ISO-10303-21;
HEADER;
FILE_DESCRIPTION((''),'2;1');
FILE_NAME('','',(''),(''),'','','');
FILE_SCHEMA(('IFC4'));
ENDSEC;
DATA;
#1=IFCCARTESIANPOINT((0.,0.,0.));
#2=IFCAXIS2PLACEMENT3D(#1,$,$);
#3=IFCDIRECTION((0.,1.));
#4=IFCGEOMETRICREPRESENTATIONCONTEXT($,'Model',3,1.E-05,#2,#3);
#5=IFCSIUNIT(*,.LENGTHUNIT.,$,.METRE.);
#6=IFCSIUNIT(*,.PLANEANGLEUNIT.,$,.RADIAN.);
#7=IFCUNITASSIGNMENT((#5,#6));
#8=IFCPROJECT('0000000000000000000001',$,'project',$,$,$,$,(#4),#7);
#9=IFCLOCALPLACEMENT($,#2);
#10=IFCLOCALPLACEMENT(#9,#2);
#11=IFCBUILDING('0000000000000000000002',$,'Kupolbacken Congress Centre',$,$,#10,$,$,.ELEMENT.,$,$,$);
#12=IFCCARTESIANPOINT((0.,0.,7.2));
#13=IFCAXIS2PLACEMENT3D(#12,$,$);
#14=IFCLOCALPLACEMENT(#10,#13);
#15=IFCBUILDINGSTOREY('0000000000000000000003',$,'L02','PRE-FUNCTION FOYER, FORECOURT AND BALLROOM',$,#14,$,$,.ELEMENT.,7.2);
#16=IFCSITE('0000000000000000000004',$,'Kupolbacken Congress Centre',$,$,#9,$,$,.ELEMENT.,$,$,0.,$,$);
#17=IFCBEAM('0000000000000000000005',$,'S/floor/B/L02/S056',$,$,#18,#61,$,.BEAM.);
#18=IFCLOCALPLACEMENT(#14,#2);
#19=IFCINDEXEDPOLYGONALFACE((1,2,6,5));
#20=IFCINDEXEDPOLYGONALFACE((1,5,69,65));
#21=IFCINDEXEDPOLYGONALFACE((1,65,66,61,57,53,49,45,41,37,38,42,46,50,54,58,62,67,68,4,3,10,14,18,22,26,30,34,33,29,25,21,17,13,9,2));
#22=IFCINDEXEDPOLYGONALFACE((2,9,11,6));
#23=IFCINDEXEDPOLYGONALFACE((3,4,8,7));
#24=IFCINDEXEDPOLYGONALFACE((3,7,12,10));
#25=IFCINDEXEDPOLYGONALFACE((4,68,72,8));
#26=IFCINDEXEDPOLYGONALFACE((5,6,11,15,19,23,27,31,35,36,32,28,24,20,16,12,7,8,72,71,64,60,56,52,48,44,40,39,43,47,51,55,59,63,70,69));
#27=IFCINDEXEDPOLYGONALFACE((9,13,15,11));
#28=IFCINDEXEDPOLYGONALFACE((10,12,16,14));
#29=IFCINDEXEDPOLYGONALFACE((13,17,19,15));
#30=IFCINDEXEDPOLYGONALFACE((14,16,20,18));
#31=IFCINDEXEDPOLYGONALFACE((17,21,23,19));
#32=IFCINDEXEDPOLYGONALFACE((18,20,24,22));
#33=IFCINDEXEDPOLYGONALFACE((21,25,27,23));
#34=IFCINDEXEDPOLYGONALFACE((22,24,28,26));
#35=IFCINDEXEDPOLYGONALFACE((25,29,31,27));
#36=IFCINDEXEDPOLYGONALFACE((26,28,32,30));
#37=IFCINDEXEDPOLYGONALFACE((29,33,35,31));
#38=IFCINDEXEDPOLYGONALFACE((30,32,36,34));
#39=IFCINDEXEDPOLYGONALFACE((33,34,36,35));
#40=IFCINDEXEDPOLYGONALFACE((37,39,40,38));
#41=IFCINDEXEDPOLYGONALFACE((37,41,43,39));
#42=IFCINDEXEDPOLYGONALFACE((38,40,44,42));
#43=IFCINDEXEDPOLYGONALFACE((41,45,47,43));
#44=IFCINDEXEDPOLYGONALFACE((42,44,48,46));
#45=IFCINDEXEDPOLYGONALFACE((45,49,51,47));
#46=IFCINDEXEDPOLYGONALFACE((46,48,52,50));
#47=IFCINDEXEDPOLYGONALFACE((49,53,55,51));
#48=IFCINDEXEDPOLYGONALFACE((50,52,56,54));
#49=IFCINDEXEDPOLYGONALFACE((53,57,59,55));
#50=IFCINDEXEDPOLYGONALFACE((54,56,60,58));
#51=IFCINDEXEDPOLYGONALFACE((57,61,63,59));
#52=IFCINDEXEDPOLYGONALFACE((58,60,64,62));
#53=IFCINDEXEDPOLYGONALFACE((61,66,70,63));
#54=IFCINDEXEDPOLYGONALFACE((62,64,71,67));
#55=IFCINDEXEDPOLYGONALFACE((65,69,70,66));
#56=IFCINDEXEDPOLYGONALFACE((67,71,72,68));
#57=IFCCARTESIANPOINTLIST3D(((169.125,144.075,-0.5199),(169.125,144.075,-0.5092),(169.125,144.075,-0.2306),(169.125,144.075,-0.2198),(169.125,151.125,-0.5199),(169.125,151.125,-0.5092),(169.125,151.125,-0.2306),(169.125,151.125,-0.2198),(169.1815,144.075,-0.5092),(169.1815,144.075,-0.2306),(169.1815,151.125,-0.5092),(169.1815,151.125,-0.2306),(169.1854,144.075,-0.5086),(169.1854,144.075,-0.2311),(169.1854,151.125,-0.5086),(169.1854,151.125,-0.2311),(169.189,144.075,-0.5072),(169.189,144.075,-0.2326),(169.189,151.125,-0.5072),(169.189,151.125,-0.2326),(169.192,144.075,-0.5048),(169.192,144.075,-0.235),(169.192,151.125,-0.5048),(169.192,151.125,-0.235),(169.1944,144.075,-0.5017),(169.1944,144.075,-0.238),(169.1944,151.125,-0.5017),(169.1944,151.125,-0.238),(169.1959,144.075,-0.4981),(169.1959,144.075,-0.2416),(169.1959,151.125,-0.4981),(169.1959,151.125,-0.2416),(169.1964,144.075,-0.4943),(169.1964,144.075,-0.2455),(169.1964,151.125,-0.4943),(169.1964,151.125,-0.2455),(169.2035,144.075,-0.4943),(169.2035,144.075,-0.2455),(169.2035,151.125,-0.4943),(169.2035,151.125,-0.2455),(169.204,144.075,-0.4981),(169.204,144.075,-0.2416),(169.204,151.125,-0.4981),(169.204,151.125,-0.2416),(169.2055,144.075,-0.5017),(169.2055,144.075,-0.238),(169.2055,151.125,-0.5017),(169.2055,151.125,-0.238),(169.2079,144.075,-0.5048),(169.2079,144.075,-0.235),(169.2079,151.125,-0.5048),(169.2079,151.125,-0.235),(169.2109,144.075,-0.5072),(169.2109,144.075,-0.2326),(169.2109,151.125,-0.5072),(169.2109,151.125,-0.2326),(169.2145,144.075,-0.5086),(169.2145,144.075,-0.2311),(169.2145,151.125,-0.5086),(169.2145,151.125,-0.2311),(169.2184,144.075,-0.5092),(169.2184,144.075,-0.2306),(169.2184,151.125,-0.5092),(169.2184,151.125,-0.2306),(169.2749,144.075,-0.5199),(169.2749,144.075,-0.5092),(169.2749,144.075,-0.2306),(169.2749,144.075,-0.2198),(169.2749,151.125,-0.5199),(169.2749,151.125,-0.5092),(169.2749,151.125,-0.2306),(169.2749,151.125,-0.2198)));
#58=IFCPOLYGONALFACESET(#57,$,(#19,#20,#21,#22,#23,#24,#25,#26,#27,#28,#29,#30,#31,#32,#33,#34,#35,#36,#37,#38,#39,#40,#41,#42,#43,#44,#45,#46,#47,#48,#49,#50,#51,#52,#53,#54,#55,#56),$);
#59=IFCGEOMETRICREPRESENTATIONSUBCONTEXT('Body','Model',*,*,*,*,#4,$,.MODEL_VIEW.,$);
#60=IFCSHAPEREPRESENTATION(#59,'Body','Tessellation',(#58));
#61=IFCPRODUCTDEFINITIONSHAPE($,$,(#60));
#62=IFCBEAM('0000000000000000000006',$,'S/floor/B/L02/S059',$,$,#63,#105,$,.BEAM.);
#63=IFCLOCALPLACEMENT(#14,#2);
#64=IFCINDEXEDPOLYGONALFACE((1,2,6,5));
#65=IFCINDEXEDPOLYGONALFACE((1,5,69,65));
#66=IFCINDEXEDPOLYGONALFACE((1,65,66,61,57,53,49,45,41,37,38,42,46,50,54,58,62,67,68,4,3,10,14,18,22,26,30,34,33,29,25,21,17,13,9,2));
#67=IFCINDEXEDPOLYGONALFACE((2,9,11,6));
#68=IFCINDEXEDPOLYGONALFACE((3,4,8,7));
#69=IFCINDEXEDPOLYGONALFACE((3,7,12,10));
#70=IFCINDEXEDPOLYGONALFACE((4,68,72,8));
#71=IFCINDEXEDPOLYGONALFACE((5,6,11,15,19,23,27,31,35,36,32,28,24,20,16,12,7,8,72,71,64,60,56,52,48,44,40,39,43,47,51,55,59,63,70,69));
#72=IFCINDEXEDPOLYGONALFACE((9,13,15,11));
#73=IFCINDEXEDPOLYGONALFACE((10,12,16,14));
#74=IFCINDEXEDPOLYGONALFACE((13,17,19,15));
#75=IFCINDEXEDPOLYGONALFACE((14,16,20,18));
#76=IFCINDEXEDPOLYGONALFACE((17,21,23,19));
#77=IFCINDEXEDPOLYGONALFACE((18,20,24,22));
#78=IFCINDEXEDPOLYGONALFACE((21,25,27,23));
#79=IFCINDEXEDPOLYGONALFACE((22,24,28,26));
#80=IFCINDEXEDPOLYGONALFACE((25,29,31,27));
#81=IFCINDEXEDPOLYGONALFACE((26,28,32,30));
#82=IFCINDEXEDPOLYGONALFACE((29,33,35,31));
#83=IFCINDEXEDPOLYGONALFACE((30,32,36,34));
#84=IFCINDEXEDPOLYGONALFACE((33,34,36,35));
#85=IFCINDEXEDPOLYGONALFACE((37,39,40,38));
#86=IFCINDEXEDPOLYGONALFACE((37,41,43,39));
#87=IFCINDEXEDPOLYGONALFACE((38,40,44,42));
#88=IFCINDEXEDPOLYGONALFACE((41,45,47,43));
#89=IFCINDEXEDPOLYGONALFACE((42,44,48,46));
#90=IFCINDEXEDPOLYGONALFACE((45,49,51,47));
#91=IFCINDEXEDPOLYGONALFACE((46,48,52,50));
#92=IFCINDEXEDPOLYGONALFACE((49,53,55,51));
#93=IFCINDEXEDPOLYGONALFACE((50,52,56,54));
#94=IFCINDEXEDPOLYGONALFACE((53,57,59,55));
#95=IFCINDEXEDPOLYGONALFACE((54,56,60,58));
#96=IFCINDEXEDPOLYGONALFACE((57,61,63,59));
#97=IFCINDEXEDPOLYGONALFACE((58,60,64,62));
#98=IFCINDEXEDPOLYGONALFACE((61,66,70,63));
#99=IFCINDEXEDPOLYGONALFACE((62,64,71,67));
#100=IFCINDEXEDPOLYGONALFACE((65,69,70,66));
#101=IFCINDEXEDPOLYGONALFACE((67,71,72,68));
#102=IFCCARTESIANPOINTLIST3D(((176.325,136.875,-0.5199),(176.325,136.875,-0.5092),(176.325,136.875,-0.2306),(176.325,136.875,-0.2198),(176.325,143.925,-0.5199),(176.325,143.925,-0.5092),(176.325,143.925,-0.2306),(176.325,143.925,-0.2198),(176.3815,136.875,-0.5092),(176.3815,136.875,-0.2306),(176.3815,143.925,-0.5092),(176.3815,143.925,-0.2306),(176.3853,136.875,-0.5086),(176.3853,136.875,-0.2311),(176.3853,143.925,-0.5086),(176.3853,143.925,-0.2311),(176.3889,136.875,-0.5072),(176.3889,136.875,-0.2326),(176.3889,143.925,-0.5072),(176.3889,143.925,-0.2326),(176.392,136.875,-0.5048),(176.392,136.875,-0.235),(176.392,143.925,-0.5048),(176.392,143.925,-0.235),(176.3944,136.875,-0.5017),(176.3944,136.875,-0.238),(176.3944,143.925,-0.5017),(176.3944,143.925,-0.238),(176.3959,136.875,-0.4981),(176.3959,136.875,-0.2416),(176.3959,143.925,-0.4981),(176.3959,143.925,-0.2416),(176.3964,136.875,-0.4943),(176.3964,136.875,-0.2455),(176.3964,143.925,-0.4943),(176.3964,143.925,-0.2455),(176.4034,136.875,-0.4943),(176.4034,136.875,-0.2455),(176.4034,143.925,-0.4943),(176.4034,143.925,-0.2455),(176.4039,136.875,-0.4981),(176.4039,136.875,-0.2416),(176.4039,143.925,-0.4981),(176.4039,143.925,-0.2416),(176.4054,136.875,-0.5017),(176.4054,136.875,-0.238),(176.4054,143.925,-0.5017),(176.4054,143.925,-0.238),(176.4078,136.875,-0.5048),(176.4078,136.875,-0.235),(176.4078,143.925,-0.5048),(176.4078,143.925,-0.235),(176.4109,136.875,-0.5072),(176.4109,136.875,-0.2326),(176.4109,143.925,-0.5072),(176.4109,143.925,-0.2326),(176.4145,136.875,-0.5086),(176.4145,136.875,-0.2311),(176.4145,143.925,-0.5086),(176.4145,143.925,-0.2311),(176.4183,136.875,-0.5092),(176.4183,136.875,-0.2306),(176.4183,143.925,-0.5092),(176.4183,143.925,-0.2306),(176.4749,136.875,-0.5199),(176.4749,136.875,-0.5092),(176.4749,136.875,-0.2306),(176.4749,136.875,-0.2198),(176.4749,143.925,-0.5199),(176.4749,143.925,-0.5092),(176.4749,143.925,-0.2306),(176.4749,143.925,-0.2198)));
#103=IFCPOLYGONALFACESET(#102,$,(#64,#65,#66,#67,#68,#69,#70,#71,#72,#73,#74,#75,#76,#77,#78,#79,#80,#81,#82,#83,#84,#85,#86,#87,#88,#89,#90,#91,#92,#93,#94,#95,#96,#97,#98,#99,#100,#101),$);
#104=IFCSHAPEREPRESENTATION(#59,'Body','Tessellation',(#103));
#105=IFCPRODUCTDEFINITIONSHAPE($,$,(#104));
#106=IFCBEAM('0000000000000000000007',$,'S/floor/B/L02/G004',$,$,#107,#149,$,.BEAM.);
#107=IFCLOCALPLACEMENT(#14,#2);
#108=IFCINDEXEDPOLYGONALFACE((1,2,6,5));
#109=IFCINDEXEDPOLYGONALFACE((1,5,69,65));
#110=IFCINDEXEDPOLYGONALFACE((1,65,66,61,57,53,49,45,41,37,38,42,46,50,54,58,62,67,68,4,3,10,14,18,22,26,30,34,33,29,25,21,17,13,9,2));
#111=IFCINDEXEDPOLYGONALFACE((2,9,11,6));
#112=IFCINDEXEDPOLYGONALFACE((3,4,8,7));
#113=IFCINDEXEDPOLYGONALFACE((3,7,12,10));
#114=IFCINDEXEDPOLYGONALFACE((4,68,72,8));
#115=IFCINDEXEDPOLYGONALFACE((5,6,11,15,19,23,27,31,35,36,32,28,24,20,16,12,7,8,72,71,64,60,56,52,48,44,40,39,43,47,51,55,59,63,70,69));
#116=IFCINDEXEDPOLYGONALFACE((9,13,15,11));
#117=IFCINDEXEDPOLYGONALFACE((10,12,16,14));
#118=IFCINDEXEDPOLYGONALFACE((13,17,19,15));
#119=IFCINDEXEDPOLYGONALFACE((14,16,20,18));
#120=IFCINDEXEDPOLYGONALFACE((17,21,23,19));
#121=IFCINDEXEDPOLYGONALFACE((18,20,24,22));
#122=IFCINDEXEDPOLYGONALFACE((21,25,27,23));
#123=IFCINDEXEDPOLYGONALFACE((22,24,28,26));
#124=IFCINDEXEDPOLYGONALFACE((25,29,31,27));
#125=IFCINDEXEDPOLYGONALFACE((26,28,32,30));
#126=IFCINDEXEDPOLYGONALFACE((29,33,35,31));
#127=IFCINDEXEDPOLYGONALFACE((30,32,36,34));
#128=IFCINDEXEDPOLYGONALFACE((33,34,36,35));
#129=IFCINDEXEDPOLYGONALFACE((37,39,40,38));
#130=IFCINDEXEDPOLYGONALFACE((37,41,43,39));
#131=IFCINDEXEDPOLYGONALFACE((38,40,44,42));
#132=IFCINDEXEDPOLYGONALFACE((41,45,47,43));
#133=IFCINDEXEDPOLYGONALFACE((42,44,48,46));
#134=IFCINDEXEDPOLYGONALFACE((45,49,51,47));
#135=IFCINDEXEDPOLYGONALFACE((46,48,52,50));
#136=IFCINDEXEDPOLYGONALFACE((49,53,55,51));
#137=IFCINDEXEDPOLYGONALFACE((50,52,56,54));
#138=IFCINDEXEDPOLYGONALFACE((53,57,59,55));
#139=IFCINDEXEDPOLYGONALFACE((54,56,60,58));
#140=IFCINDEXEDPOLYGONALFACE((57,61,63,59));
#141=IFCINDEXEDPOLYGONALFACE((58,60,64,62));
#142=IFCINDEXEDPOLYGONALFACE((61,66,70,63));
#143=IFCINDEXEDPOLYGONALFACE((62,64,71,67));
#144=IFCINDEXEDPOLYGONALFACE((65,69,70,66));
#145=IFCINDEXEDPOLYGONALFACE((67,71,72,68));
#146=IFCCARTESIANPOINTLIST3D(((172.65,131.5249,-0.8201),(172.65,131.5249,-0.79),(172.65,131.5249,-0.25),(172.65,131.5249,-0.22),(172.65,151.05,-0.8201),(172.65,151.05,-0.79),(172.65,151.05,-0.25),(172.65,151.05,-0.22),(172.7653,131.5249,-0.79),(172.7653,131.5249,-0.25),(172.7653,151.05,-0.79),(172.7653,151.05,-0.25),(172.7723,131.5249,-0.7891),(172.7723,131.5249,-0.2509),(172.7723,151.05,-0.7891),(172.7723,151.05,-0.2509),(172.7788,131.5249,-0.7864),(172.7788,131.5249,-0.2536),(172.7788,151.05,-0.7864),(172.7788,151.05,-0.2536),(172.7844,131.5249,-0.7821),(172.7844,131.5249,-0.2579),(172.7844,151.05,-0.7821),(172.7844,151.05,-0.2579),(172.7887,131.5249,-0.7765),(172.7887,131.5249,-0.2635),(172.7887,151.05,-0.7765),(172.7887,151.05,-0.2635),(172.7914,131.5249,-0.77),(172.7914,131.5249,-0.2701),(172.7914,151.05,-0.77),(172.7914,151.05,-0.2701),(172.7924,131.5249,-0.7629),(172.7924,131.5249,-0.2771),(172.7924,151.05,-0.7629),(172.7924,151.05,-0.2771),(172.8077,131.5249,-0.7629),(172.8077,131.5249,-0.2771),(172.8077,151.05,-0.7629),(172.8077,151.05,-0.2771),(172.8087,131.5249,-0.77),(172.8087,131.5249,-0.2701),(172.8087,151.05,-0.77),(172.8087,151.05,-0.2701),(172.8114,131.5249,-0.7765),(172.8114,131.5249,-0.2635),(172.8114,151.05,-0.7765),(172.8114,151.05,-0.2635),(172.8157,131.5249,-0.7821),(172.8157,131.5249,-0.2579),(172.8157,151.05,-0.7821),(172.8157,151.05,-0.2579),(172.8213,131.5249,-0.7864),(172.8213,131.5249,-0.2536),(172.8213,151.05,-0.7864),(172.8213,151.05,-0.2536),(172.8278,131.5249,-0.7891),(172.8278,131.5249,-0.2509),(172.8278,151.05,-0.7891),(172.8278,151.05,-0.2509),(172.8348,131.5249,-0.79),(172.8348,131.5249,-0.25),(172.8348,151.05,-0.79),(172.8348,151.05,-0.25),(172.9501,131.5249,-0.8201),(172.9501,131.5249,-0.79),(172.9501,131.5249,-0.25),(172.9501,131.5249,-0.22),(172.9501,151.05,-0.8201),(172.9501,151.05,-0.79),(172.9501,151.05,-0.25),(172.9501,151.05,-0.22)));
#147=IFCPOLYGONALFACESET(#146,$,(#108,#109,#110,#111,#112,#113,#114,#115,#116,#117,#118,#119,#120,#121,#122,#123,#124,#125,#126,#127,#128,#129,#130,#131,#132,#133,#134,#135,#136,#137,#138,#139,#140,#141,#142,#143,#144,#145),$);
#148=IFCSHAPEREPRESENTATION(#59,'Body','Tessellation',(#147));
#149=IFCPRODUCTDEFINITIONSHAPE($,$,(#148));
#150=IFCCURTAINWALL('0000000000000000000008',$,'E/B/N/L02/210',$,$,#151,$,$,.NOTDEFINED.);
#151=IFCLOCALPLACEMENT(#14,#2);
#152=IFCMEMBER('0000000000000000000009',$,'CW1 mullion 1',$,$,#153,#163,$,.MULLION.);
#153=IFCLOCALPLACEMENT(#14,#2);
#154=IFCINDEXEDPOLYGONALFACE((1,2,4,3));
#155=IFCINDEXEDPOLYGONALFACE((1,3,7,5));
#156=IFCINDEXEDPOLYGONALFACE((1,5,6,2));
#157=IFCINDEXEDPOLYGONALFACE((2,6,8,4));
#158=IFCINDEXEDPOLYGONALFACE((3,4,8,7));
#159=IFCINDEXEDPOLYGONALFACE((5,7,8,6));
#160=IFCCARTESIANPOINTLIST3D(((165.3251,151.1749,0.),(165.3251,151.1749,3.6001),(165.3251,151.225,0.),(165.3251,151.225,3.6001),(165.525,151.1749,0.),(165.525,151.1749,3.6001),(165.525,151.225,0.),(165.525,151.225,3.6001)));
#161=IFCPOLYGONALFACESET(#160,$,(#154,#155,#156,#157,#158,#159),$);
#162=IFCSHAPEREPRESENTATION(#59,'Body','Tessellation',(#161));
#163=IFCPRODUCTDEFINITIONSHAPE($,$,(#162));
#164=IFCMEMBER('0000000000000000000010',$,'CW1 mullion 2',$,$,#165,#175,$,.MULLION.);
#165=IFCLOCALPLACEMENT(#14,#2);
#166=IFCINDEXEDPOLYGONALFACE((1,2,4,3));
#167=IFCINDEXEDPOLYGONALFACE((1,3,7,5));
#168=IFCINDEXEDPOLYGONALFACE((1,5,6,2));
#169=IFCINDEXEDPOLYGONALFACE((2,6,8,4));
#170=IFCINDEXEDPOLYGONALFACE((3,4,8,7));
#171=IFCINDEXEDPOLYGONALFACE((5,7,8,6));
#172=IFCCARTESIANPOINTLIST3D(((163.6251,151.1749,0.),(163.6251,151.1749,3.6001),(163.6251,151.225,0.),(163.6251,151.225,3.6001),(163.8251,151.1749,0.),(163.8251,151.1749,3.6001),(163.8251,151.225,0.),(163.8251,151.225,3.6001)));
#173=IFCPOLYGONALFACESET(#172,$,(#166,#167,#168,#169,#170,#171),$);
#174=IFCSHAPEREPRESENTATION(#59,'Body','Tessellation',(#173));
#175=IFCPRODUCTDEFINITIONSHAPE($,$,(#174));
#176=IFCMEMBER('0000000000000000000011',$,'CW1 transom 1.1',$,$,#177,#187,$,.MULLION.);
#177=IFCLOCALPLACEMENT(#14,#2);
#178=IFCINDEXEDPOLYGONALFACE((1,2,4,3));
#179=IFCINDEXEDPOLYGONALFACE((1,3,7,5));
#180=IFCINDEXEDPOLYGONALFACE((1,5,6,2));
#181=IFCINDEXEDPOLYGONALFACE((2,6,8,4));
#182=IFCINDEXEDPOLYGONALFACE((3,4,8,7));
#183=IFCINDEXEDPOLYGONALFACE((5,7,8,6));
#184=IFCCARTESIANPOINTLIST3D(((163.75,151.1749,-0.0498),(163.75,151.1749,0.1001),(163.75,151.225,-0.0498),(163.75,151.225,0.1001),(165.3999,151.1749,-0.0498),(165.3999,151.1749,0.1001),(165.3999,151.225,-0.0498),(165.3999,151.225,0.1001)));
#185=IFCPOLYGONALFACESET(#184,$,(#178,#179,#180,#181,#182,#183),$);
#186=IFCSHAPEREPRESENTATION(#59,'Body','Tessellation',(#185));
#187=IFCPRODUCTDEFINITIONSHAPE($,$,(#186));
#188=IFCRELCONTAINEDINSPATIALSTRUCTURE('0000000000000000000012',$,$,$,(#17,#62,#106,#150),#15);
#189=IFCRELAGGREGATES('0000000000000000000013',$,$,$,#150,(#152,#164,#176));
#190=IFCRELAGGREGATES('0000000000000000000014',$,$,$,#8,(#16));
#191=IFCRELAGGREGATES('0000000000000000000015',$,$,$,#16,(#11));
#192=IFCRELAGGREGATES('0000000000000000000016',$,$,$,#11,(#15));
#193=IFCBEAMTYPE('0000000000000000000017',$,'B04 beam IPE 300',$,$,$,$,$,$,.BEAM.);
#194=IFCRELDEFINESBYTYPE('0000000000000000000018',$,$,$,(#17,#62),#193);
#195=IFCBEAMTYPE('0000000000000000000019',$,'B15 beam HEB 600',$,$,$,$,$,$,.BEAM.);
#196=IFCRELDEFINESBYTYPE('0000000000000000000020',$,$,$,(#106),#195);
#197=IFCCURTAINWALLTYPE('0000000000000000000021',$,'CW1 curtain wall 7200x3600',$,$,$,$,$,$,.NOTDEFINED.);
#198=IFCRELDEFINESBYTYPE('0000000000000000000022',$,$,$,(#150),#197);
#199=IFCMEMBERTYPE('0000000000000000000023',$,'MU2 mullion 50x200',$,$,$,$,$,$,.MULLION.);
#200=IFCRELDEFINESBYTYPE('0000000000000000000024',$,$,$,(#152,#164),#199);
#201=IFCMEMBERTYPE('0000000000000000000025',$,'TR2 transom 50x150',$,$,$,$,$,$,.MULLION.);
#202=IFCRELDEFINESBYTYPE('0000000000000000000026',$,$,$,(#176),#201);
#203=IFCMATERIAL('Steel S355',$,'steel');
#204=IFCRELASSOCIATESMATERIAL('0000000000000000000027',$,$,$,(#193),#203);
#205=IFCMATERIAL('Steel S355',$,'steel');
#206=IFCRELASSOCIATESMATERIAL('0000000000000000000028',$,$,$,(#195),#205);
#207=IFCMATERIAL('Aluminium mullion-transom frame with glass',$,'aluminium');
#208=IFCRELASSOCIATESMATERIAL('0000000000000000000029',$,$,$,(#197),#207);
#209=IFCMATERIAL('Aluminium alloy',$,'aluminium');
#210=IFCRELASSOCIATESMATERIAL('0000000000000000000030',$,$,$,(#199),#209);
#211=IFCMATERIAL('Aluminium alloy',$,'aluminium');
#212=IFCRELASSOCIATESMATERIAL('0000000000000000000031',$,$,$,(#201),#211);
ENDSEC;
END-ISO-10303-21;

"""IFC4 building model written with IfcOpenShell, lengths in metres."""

from ifc_helpers import new_model, si_unit, direction, frame, origin, origin_2d, place, context, subcontext, project, spatial, rectangle, i_section, extrude, material, material_profile, profile_set, type_object, element, aggregate, save


model = new_model("IFC4")

# Units and contexts
model_context = context("Model", 3, precision=1e-05, world=origin(), true_north=direction((0.0, 1.0)))
body_context = subcontext(model_context, "Body", "Model", "MODEL_VIEW")
ifc_project = project(units=[si_unit("LENGTHUNIT", "METRE"), si_unit("PLANEANGLEUNIT", "RADIAN")], contexts=[model_context])

# Site, building, storey
site_placement = place(None, origin())
site = spatial("IfcSite", under=ifc_project, at=site_placement, Name="Kupolbacken Congress Centre", CompositionType="ELEMENT", RefElevation=0.0)
building_placement = place(site_placement, origin())
building = spatial("IfcBuilding", under=site, at=building_placement, Name="Kupolbacken Congress Centre", CompositionType="ELEMENT")
storey_placement = place(building_placement, frame((0.0, 0.0, 7.2)))
storey = spatial("IfcBuildingStorey", under=building, at=storey_placement, Name="L02", Description="PRE-FUNCTION FOYER, FORECOURT AND BALLROOM", CompositionType="ELEMENT", Elevation=7.2)

# Beams
ifc_material_1 = material(Name="Steel S355", Category="steel")
ifc_material_profile_1 = material_profile(ifc_material_1, i_section(OverallWidth=0.1499, OverallDepth=0.3, WebThickness=0.0071, FlangeThickness=0.0107, FilletRadius=0.0149, at=origin_2d()), Name="IPE 300")
ifc_profile_set_1 = profile_set([ifc_material_profile_1], Name="Steel S355")
beam_type_1 = type_object("IfcBeamType", Name="B04 beam IPE 300", PredefinedType="BEAM", material=ifc_profile_set_1)
for number, where, z_axis, x_axis, name in (
    (1, (169.2, 144.075, -0.3699), (0.0, 1.0, 0.0), (-1.0, 0.0, 0.0), "S/floor/B/L02/S056"),
    (2, (176.3999, 136.875, -0.3699), (0.0, 1.0, 0.0), (-1.0, 0.0, 0.0), "S/floor/B/L02/S059"),
):
    element("IfcBeam", number, at=place(storey_placement, frame(where, z_axis=z_axis, x_axis=x_axis)), inside=storey, type_object=beam_type_1, Name=name, PredefinedType="BEAM", context=body_context, shape_type="SweptSolid", body=[
        extrude(i_section(OverallWidth=0.1499, OverallDepth=0.3, WebThickness=0.0071, FlangeThickness=0.0107, FilletRadius=0.0149, at=origin_2d()), origin(), (0.0, 0.0, 1.0), 7.05),
    ])
ifc_material_2 = material(Name="Steel S355", Category="steel")
ifc_material_profile_2 = material_profile(ifc_material_2, i_section(OverallWidth=0.3, OverallDepth=0.6001, WebThickness=0.0154, FlangeThickness=0.03, FilletRadius=0.0271, at=origin_2d()), Name="HEB 600")
ifc_profile_set_2 = profile_set([ifc_material_profile_2], Name="Steel S355")
beam_type_2 = type_object("IfcBeamType", Name="B15 beam HEB 600", PredefinedType="BEAM", material=ifc_profile_set_2)
beam_1_placement = place(storey_placement, frame((172.8, 131.5249, -0.52), z_axis=(0.0, 1.0, 0.0), x_axis=(-1.0, 0.0, 0.0)))
element("IfcBeam", 3, at=beam_1_placement, inside=storey, type_object=beam_type_2, Name="S/floor/B/L02/G004", PredefinedType="BEAM", context=body_context, shape_type="SweptSolid", body=[
    extrude(i_section(OverallWidth=0.3, OverallDepth=0.6001, WebThickness=0.0154, FlangeThickness=0.03, FilletRadius=0.0271, at=origin_2d()), origin(), (0.0, 0.0, 1.0), 19.5251),
])

# Curtain wall, members
ifc_material_3 = material(Name="Aluminium mullion-transom frame with glass", Category="aluminium")
curtain_wall_type = type_object("IfcCurtainWallType", Name="CW1 curtain wall 7200x3600", PredefinedType="NOTDEFINED", material=ifc_material_3)
curtain_wall_placement = place(storey_placement, origin())
curtain_wall = element("IfcCurtainWall", 4, at=curtain_wall_placement, inside=storey, type_object=curtain_wall_type, Name="E/B/N/L02/210", PredefinedType="NOTDEFINED")
ifc_material_4 = material(Name="Aluminium alloy", Category="aluminium")
ifc_material_profile_3 = material_profile(ifc_material_4, rectangle(XDim=0.05, YDim=0.2, at=origin_2d()), Name="50 x 200")
ifc_profile_set_3 = profile_set([ifc_material_profile_3], Name="Aluminium alloy")
member_type_1 = type_object("IfcMemberType", Name="MU2 mullion 50x200", PredefinedType="MULLION", material=ifc_profile_set_3)
member_1_placement = place(storey_placement, frame((165.425, 151.2, 0.0), z_axis=(0.0, 0.0, 1.0), x_axis=(0.0, -1.0, 0.0)))
member_1 = element("IfcMember", 5, at=member_1_placement, type_object=member_type_1, Name="CW1 mullion 1", PredefinedType="MULLION", context=body_context, shape_type="SweptSolid", body=[
    extrude(rectangle(XDim=0.05, YDim=0.2, at=origin_2d()), origin(), (0.0, 0.0, 1.0), 3.6001),
])
member_2_placement = place(storey_placement, frame((163.7251, 151.2, 0.0), z_axis=(0.0, 0.0, 1.0), x_axis=(0.0, -1.0, 0.0)))
member_2 = element("IfcMember", 6, at=member_2_placement, type_object=member_type_1, Name="CW1 mullion 2", PredefinedType="MULLION", context=body_context, shape_type="SweptSolid", body=[
    extrude(rectangle(XDim=0.05, YDim=0.2, at=origin_2d()), origin(), (0.0, 0.0, 1.0), 3.6001),
])
ifc_material_5 = material(Name="Aluminium alloy", Category="aluminium")
ifc_material_profile_4 = material_profile(ifc_material_5, rectangle(XDim=0.05, YDim=0.1499, at=origin_2d()), Name="50 x 150")
ifc_profile_set_4 = profile_set([ifc_material_profile_4], Name="Aluminium alloy")
member_type_2 = type_object("IfcMemberType", Name="TR2 transom 50x150", PredefinedType="MULLION", material=ifc_profile_set_4)
member_3_placement = place(storey_placement, frame((165.3999, 151.2, 0.0251), z_axis=(-1.0, 0.0, 0.0), x_axis=(0.0, -1.0, 0.0)))
member_3 = element("IfcMember", 7, at=member_3_placement, type_object=member_type_2, Name="CW1 transom 1.1", PredefinedType="MULLION", context=body_context, shape_type="SweptSolid", body=[
    extrude(rectangle(XDim=0.05, YDim=0.1499, at=origin_2d()), origin(), (0.0, 0.0, 1.0), 1.6499),
])
aggregate(curtain_wall, [member_1, member_2, member_3])

save(model, "model.ifc")
